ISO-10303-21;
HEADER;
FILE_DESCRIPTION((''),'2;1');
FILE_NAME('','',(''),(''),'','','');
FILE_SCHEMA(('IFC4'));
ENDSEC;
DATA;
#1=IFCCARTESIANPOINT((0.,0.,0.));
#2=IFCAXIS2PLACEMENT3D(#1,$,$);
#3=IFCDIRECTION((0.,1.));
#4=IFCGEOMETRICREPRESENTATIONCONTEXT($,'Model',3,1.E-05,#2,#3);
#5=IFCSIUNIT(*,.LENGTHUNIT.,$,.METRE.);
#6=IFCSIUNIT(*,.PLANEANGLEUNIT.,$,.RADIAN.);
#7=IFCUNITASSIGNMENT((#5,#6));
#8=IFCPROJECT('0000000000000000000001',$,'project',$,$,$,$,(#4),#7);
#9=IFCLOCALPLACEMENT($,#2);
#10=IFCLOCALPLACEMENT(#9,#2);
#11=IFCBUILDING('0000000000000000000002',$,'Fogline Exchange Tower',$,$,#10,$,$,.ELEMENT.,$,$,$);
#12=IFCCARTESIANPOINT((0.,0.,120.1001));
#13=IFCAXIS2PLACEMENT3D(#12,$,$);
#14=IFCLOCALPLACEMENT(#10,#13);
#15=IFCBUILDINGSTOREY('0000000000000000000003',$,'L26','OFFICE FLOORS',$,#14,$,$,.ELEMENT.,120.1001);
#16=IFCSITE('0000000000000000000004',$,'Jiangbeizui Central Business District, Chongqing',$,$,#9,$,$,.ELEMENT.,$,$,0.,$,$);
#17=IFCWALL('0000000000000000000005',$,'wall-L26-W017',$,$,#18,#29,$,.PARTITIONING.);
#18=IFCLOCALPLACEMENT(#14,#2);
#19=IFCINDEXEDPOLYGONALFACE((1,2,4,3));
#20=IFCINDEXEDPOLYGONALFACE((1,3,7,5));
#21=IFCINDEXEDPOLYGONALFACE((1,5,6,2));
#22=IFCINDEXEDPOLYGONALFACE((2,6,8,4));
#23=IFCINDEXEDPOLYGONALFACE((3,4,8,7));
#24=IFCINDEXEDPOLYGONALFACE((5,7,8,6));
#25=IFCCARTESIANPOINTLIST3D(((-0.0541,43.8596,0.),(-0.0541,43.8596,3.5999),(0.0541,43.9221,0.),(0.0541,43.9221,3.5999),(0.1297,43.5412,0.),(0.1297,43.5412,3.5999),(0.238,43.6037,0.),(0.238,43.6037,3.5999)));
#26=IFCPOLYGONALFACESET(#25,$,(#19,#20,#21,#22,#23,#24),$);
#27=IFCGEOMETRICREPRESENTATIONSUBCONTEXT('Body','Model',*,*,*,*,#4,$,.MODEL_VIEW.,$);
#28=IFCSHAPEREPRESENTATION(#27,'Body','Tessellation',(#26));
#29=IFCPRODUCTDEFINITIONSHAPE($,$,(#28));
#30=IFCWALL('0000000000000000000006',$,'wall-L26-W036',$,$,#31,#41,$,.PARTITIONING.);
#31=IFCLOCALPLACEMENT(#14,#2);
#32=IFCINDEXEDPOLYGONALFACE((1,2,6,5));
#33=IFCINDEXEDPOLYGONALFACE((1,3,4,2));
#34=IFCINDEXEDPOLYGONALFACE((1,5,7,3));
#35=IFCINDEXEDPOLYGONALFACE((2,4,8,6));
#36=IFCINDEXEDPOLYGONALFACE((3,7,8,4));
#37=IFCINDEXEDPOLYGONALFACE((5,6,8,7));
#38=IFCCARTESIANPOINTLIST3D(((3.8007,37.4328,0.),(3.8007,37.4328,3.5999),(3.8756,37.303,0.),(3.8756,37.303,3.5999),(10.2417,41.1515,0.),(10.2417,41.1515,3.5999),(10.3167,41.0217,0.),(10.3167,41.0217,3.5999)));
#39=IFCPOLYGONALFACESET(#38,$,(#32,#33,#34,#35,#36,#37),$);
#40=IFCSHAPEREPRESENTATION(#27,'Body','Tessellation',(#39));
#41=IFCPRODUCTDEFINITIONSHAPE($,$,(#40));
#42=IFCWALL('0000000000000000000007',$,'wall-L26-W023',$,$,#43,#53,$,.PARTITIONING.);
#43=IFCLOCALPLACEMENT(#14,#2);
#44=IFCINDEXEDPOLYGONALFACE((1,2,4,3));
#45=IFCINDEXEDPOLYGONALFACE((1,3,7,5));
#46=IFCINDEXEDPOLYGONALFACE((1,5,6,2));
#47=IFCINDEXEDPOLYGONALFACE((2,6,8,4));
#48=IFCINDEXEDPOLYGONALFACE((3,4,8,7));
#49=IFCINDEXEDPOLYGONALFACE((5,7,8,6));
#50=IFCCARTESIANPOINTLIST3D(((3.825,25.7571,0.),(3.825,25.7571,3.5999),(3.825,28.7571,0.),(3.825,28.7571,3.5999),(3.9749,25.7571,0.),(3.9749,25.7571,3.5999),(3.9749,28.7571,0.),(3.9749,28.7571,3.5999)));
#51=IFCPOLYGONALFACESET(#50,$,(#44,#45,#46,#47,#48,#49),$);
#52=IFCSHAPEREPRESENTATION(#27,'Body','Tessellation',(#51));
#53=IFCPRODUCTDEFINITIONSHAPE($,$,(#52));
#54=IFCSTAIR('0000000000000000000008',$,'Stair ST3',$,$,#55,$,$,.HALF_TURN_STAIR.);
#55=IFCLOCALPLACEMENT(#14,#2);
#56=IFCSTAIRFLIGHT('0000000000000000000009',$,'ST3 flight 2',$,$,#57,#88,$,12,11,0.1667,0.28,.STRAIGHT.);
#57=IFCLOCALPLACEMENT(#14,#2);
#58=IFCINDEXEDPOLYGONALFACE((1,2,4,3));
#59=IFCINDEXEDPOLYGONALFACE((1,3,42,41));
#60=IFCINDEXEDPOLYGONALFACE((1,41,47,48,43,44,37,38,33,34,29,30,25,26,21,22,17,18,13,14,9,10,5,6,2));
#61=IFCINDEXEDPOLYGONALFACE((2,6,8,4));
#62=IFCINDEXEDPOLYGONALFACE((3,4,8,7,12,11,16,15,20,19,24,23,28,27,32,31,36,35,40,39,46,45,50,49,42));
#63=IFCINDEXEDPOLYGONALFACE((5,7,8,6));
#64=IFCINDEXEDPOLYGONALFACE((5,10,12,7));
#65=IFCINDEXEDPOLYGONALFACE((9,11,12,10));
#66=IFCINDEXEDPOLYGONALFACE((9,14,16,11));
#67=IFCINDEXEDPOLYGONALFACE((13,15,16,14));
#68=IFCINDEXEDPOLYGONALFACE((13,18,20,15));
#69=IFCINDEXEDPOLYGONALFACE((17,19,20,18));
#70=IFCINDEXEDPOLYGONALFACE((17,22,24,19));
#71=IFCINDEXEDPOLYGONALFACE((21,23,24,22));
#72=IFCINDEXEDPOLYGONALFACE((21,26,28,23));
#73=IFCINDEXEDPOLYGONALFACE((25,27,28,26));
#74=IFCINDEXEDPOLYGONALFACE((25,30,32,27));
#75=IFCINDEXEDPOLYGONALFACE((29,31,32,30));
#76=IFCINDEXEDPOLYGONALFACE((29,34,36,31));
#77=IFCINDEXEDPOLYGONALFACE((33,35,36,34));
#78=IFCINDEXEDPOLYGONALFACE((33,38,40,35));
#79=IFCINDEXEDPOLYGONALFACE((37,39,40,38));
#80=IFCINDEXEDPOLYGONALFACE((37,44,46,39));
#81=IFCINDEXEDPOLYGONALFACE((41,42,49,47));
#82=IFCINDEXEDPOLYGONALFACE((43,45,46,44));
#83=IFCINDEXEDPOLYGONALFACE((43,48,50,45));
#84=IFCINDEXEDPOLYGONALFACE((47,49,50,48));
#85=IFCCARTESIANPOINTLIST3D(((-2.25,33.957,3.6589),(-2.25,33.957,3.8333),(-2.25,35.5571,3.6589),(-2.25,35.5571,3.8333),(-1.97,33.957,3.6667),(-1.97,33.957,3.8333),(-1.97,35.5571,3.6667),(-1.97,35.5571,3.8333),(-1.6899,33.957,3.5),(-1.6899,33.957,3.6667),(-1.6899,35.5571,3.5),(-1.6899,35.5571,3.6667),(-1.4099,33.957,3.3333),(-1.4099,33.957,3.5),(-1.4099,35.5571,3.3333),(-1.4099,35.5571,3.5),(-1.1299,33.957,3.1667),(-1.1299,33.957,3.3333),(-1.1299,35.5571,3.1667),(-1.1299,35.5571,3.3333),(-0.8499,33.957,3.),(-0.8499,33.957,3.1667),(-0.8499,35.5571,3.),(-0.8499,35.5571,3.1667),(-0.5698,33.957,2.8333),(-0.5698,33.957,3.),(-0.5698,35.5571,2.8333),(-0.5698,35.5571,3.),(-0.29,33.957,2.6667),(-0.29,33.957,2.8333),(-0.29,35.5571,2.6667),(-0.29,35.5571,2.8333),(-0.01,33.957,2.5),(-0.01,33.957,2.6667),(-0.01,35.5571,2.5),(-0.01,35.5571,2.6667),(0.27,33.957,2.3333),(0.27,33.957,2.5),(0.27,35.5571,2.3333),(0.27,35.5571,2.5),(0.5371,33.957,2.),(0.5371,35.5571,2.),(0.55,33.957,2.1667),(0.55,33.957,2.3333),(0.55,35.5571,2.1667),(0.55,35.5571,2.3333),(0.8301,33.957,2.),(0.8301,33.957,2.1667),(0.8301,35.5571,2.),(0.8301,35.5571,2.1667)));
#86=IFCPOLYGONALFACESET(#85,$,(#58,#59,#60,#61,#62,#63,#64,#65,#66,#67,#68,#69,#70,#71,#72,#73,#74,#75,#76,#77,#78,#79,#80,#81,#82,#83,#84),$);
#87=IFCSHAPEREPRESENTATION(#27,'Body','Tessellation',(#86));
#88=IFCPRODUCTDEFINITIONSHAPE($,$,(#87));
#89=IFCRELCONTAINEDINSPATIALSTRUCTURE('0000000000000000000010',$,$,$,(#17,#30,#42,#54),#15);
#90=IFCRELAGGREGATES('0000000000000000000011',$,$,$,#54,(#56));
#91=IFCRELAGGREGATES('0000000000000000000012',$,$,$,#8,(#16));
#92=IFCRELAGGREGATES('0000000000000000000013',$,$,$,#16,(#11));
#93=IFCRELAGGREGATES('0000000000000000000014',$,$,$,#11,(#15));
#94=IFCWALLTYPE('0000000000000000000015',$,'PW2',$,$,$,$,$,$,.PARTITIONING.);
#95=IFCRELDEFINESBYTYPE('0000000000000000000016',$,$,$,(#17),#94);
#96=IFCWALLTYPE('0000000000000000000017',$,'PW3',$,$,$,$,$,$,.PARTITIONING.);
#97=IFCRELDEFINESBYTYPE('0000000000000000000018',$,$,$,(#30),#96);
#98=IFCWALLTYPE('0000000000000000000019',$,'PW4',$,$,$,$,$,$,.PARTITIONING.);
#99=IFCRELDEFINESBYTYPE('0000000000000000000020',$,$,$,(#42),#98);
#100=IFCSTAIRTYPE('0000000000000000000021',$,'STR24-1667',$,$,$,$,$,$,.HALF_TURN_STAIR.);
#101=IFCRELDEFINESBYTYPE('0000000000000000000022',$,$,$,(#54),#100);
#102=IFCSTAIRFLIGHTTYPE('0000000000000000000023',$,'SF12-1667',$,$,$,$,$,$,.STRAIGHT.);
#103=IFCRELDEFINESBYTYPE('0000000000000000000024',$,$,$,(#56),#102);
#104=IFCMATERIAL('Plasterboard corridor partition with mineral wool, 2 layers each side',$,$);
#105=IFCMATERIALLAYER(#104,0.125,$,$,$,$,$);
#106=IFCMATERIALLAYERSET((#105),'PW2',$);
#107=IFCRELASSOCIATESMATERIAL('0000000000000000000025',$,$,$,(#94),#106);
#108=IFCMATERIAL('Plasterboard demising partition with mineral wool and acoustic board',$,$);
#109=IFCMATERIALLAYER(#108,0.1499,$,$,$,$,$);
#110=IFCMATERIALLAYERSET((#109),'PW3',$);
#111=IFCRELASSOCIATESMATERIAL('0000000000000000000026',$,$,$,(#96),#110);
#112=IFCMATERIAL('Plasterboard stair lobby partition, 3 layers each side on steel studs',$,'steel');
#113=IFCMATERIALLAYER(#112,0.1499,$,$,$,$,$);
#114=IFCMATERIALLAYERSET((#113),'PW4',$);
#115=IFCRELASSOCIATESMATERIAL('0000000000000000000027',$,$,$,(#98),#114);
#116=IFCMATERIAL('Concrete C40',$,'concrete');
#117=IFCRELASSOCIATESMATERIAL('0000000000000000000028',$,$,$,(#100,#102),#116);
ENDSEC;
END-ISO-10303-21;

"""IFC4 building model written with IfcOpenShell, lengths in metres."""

from ifc_helpers import new_model, si_unit, direction, frame, frame_2d, origin, place, context, subcontext, project, spatial, polyline, rectangle, outline, extrude, material, layer, layer_set, type_object, element, aggregate, save


model = new_model("IFC4")

# Units and contexts
model_context = context("Model", 3, precision=1e-05, world=origin(), true_north=direction((0.0, 1.0)))
body_context = subcontext(model_context, "Body", "Model", "MODEL_VIEW")
ifc_project = project(units=[si_unit("LENGTHUNIT", "METRE"), si_unit("PLANEANGLEUNIT", "RADIAN")], contexts=[model_context])

# Site, building, storey
site_placement = place(None, origin())
site = spatial("IfcSite", under=ifc_project, at=site_placement, Name="Jiangbeizui Central Business District, Chongqing", CompositionType="ELEMENT", RefElevation=0.0)
building_placement = place(site_placement, origin())
building = spatial("IfcBuilding", under=site, at=building_placement, Name="Fogline Exchange Tower", CompositionType="ELEMENT")
storey_placement = place(building_placement, frame((0.0, 0.0, 120.1001)))
storey = spatial("IfcBuildingStorey", under=building, at=storey_placement, Name="L26", Description="OFFICE FLOORS", CompositionType="ELEMENT", Elevation=120.1001)

# Shared definitions
ifc_material_1 = material(Name="Concrete C40", Category="concrete")

# Shared definitions
ifc_material_2 = material(Name="Plasterboard corridor partition with mineral wool, 2 layers each side")
ifc_layer_1 = layer(ifc_material_2, 0.125)
ifc_layer_set_1 = layer_set([ifc_layer_1], Name="PW2")
wall_type_1 = type_object("IfcWallType", Name="PW2", PredefinedType="PARTITIONING", material=ifc_layer_set_1)

# Walls
wall_1_placement = place(storey_placement, frame((0.0, 43.8909, 0.0), z_axis=(0.0, 0.0, 1.0), x_axis=(0.500067, -0.865987, 0.0)))
element("IfcWall", 1, at=wall_1_placement, inside=storey, type_object=wall_type_1, Name="wall-L26-W017", PredefinedType="PARTITIONING", context=body_context, shape_type="SweptSolid", body=[
    extrude(rectangle(XDim=0.3677, YDim=0.125, at=frame_2d((0.1838, 0.0))), origin(), (0.0, 0.0, 1.0), 3.5999),
])
ifc_material_3 = material(Name="Plasterboard demising partition with mineral wool and acoustic board")
ifc_layer_2 = layer(ifc_material_3, 0.1499)
ifc_layer_set_2 = layer_set([ifc_layer_2], Name="PW3")
wall_type_2 = type_object("IfcWallType", Name="PW3", PredefinedType="PARTITIONING", material=ifc_layer_set_2)
wall_2_placement = place(storey_placement, frame((3.8381, 37.3679, 0.0), z_axis=(0.0, 0.0, 1.0), x_axis=(0.866029, 0.499994, 0.0)))
element("IfcWall", 2, at=wall_2_placement, inside=storey, type_object=wall_type_2, Name="wall-L26-W036", PredefinedType="PARTITIONING", context=body_context, shape_type="SweptSolid", body=[
    extrude(rectangle(XDim=7.4375, YDim=0.1499, at=frame_2d((3.7188, 0.0))), origin(), (0.0, 0.0, 1.0), 3.5999),
])
ifc_material_4 = material(Name="Plasterboard stair lobby partition, 3 layers each side on steel studs", Category="steel")
ifc_layer_3 = layer(ifc_material_4, 0.1499)
ifc_layer_set_3 = layer_set([ifc_layer_3], Name="PW4")
wall_type_3 = type_object("IfcWallType", Name="PW4", PredefinedType="PARTITIONING", material=ifc_layer_set_3)
wall_3_placement = place(storey_placement, frame((3.8999, 28.7571, 0.0), z_axis=(0.0, 0.0, 1.0), x_axis=(0.0, -1.0, 0.0)))
element("IfcWall", 3, at=wall_3_placement, inside=storey, type_object=wall_type_3, Name="wall-L26-W023", PredefinedType="PARTITIONING", context=body_context, shape_type="SweptSolid", body=[
    extrude(rectangle(XDim=3.0, YDim=0.1499, at=frame_2d((1.5, 0.0))), origin(), (0.0, 0.0, 1.0), 3.5999),
])

# Stair, stair flight
stair_type = type_object("IfcStairType", Name="STR24-1667", PredefinedType="HALF_TURN_STAIR", material=ifc_material_1)
stair_placement = place(storey_placement, origin())
stair = element("IfcStair", 4, at=stair_placement, inside=storey, type_object=stair_type, Name="Stair ST3", PredefinedType="HALF_TURN_STAIR")
stair_flight_type = type_object("IfcStairFlightType", Name="SF12-1667", PredefinedType="STRAIGHT", material=ifc_material_1)
stair_flight_placement = place(storey_placement, frame((0.8301, 34.7571, 2.0), z_axis=(0.0, 0.0, 1.0), x_axis=(-1.0, 0.0, 0.0)))
stair_flight = element("IfcStairFlight", 5, at=stair_flight_placement, type_object=stair_flight_type, Name="ST3 flight 2", NumberOfRisers=12, NumberOfTreads=11, PredefinedType="STRAIGHT", RiserHeight=0.1667, TreadLength=0.28, context=body_context, shape_type="SweptSolid", body=[
    extrude(outline(polyline([(0.0, 0.0), (0.0, 0.1667), (0.28, 0.1667), (0.28, 0.3333), (0.5601, 0.3333), (0.5601, 0.5), (0.8401, 0.5), (0.8401, 0.6667), (1.1201, 0.6667), (1.1201, 0.8333), (1.3999, 0.8333), (1.3999, 1.0), (1.6799, 1.0), (1.6799, 1.1667), (1.96, 1.1667), (1.96, 1.3333), (2.24, 1.3333), (2.24, 1.5), (2.52, 1.5), (2.52, 1.6667), (2.8, 1.6667), (2.8, 1.8333), (3.0801, 1.8333), (3.0801, 2.0), (3.0801, 1.6589), (0.293, 0.0), (0.0, 0.0)])), frame((0.0, 0.8, 0.0), z_axis=(0.0, -1.0, 0.0), x_axis=(1.0, 0.0, 0.0)), (0.0, 0.0, 1.0), 1.6001),
])
aggregate(stair, [stair_flight])

save(model, "model.ifc")
